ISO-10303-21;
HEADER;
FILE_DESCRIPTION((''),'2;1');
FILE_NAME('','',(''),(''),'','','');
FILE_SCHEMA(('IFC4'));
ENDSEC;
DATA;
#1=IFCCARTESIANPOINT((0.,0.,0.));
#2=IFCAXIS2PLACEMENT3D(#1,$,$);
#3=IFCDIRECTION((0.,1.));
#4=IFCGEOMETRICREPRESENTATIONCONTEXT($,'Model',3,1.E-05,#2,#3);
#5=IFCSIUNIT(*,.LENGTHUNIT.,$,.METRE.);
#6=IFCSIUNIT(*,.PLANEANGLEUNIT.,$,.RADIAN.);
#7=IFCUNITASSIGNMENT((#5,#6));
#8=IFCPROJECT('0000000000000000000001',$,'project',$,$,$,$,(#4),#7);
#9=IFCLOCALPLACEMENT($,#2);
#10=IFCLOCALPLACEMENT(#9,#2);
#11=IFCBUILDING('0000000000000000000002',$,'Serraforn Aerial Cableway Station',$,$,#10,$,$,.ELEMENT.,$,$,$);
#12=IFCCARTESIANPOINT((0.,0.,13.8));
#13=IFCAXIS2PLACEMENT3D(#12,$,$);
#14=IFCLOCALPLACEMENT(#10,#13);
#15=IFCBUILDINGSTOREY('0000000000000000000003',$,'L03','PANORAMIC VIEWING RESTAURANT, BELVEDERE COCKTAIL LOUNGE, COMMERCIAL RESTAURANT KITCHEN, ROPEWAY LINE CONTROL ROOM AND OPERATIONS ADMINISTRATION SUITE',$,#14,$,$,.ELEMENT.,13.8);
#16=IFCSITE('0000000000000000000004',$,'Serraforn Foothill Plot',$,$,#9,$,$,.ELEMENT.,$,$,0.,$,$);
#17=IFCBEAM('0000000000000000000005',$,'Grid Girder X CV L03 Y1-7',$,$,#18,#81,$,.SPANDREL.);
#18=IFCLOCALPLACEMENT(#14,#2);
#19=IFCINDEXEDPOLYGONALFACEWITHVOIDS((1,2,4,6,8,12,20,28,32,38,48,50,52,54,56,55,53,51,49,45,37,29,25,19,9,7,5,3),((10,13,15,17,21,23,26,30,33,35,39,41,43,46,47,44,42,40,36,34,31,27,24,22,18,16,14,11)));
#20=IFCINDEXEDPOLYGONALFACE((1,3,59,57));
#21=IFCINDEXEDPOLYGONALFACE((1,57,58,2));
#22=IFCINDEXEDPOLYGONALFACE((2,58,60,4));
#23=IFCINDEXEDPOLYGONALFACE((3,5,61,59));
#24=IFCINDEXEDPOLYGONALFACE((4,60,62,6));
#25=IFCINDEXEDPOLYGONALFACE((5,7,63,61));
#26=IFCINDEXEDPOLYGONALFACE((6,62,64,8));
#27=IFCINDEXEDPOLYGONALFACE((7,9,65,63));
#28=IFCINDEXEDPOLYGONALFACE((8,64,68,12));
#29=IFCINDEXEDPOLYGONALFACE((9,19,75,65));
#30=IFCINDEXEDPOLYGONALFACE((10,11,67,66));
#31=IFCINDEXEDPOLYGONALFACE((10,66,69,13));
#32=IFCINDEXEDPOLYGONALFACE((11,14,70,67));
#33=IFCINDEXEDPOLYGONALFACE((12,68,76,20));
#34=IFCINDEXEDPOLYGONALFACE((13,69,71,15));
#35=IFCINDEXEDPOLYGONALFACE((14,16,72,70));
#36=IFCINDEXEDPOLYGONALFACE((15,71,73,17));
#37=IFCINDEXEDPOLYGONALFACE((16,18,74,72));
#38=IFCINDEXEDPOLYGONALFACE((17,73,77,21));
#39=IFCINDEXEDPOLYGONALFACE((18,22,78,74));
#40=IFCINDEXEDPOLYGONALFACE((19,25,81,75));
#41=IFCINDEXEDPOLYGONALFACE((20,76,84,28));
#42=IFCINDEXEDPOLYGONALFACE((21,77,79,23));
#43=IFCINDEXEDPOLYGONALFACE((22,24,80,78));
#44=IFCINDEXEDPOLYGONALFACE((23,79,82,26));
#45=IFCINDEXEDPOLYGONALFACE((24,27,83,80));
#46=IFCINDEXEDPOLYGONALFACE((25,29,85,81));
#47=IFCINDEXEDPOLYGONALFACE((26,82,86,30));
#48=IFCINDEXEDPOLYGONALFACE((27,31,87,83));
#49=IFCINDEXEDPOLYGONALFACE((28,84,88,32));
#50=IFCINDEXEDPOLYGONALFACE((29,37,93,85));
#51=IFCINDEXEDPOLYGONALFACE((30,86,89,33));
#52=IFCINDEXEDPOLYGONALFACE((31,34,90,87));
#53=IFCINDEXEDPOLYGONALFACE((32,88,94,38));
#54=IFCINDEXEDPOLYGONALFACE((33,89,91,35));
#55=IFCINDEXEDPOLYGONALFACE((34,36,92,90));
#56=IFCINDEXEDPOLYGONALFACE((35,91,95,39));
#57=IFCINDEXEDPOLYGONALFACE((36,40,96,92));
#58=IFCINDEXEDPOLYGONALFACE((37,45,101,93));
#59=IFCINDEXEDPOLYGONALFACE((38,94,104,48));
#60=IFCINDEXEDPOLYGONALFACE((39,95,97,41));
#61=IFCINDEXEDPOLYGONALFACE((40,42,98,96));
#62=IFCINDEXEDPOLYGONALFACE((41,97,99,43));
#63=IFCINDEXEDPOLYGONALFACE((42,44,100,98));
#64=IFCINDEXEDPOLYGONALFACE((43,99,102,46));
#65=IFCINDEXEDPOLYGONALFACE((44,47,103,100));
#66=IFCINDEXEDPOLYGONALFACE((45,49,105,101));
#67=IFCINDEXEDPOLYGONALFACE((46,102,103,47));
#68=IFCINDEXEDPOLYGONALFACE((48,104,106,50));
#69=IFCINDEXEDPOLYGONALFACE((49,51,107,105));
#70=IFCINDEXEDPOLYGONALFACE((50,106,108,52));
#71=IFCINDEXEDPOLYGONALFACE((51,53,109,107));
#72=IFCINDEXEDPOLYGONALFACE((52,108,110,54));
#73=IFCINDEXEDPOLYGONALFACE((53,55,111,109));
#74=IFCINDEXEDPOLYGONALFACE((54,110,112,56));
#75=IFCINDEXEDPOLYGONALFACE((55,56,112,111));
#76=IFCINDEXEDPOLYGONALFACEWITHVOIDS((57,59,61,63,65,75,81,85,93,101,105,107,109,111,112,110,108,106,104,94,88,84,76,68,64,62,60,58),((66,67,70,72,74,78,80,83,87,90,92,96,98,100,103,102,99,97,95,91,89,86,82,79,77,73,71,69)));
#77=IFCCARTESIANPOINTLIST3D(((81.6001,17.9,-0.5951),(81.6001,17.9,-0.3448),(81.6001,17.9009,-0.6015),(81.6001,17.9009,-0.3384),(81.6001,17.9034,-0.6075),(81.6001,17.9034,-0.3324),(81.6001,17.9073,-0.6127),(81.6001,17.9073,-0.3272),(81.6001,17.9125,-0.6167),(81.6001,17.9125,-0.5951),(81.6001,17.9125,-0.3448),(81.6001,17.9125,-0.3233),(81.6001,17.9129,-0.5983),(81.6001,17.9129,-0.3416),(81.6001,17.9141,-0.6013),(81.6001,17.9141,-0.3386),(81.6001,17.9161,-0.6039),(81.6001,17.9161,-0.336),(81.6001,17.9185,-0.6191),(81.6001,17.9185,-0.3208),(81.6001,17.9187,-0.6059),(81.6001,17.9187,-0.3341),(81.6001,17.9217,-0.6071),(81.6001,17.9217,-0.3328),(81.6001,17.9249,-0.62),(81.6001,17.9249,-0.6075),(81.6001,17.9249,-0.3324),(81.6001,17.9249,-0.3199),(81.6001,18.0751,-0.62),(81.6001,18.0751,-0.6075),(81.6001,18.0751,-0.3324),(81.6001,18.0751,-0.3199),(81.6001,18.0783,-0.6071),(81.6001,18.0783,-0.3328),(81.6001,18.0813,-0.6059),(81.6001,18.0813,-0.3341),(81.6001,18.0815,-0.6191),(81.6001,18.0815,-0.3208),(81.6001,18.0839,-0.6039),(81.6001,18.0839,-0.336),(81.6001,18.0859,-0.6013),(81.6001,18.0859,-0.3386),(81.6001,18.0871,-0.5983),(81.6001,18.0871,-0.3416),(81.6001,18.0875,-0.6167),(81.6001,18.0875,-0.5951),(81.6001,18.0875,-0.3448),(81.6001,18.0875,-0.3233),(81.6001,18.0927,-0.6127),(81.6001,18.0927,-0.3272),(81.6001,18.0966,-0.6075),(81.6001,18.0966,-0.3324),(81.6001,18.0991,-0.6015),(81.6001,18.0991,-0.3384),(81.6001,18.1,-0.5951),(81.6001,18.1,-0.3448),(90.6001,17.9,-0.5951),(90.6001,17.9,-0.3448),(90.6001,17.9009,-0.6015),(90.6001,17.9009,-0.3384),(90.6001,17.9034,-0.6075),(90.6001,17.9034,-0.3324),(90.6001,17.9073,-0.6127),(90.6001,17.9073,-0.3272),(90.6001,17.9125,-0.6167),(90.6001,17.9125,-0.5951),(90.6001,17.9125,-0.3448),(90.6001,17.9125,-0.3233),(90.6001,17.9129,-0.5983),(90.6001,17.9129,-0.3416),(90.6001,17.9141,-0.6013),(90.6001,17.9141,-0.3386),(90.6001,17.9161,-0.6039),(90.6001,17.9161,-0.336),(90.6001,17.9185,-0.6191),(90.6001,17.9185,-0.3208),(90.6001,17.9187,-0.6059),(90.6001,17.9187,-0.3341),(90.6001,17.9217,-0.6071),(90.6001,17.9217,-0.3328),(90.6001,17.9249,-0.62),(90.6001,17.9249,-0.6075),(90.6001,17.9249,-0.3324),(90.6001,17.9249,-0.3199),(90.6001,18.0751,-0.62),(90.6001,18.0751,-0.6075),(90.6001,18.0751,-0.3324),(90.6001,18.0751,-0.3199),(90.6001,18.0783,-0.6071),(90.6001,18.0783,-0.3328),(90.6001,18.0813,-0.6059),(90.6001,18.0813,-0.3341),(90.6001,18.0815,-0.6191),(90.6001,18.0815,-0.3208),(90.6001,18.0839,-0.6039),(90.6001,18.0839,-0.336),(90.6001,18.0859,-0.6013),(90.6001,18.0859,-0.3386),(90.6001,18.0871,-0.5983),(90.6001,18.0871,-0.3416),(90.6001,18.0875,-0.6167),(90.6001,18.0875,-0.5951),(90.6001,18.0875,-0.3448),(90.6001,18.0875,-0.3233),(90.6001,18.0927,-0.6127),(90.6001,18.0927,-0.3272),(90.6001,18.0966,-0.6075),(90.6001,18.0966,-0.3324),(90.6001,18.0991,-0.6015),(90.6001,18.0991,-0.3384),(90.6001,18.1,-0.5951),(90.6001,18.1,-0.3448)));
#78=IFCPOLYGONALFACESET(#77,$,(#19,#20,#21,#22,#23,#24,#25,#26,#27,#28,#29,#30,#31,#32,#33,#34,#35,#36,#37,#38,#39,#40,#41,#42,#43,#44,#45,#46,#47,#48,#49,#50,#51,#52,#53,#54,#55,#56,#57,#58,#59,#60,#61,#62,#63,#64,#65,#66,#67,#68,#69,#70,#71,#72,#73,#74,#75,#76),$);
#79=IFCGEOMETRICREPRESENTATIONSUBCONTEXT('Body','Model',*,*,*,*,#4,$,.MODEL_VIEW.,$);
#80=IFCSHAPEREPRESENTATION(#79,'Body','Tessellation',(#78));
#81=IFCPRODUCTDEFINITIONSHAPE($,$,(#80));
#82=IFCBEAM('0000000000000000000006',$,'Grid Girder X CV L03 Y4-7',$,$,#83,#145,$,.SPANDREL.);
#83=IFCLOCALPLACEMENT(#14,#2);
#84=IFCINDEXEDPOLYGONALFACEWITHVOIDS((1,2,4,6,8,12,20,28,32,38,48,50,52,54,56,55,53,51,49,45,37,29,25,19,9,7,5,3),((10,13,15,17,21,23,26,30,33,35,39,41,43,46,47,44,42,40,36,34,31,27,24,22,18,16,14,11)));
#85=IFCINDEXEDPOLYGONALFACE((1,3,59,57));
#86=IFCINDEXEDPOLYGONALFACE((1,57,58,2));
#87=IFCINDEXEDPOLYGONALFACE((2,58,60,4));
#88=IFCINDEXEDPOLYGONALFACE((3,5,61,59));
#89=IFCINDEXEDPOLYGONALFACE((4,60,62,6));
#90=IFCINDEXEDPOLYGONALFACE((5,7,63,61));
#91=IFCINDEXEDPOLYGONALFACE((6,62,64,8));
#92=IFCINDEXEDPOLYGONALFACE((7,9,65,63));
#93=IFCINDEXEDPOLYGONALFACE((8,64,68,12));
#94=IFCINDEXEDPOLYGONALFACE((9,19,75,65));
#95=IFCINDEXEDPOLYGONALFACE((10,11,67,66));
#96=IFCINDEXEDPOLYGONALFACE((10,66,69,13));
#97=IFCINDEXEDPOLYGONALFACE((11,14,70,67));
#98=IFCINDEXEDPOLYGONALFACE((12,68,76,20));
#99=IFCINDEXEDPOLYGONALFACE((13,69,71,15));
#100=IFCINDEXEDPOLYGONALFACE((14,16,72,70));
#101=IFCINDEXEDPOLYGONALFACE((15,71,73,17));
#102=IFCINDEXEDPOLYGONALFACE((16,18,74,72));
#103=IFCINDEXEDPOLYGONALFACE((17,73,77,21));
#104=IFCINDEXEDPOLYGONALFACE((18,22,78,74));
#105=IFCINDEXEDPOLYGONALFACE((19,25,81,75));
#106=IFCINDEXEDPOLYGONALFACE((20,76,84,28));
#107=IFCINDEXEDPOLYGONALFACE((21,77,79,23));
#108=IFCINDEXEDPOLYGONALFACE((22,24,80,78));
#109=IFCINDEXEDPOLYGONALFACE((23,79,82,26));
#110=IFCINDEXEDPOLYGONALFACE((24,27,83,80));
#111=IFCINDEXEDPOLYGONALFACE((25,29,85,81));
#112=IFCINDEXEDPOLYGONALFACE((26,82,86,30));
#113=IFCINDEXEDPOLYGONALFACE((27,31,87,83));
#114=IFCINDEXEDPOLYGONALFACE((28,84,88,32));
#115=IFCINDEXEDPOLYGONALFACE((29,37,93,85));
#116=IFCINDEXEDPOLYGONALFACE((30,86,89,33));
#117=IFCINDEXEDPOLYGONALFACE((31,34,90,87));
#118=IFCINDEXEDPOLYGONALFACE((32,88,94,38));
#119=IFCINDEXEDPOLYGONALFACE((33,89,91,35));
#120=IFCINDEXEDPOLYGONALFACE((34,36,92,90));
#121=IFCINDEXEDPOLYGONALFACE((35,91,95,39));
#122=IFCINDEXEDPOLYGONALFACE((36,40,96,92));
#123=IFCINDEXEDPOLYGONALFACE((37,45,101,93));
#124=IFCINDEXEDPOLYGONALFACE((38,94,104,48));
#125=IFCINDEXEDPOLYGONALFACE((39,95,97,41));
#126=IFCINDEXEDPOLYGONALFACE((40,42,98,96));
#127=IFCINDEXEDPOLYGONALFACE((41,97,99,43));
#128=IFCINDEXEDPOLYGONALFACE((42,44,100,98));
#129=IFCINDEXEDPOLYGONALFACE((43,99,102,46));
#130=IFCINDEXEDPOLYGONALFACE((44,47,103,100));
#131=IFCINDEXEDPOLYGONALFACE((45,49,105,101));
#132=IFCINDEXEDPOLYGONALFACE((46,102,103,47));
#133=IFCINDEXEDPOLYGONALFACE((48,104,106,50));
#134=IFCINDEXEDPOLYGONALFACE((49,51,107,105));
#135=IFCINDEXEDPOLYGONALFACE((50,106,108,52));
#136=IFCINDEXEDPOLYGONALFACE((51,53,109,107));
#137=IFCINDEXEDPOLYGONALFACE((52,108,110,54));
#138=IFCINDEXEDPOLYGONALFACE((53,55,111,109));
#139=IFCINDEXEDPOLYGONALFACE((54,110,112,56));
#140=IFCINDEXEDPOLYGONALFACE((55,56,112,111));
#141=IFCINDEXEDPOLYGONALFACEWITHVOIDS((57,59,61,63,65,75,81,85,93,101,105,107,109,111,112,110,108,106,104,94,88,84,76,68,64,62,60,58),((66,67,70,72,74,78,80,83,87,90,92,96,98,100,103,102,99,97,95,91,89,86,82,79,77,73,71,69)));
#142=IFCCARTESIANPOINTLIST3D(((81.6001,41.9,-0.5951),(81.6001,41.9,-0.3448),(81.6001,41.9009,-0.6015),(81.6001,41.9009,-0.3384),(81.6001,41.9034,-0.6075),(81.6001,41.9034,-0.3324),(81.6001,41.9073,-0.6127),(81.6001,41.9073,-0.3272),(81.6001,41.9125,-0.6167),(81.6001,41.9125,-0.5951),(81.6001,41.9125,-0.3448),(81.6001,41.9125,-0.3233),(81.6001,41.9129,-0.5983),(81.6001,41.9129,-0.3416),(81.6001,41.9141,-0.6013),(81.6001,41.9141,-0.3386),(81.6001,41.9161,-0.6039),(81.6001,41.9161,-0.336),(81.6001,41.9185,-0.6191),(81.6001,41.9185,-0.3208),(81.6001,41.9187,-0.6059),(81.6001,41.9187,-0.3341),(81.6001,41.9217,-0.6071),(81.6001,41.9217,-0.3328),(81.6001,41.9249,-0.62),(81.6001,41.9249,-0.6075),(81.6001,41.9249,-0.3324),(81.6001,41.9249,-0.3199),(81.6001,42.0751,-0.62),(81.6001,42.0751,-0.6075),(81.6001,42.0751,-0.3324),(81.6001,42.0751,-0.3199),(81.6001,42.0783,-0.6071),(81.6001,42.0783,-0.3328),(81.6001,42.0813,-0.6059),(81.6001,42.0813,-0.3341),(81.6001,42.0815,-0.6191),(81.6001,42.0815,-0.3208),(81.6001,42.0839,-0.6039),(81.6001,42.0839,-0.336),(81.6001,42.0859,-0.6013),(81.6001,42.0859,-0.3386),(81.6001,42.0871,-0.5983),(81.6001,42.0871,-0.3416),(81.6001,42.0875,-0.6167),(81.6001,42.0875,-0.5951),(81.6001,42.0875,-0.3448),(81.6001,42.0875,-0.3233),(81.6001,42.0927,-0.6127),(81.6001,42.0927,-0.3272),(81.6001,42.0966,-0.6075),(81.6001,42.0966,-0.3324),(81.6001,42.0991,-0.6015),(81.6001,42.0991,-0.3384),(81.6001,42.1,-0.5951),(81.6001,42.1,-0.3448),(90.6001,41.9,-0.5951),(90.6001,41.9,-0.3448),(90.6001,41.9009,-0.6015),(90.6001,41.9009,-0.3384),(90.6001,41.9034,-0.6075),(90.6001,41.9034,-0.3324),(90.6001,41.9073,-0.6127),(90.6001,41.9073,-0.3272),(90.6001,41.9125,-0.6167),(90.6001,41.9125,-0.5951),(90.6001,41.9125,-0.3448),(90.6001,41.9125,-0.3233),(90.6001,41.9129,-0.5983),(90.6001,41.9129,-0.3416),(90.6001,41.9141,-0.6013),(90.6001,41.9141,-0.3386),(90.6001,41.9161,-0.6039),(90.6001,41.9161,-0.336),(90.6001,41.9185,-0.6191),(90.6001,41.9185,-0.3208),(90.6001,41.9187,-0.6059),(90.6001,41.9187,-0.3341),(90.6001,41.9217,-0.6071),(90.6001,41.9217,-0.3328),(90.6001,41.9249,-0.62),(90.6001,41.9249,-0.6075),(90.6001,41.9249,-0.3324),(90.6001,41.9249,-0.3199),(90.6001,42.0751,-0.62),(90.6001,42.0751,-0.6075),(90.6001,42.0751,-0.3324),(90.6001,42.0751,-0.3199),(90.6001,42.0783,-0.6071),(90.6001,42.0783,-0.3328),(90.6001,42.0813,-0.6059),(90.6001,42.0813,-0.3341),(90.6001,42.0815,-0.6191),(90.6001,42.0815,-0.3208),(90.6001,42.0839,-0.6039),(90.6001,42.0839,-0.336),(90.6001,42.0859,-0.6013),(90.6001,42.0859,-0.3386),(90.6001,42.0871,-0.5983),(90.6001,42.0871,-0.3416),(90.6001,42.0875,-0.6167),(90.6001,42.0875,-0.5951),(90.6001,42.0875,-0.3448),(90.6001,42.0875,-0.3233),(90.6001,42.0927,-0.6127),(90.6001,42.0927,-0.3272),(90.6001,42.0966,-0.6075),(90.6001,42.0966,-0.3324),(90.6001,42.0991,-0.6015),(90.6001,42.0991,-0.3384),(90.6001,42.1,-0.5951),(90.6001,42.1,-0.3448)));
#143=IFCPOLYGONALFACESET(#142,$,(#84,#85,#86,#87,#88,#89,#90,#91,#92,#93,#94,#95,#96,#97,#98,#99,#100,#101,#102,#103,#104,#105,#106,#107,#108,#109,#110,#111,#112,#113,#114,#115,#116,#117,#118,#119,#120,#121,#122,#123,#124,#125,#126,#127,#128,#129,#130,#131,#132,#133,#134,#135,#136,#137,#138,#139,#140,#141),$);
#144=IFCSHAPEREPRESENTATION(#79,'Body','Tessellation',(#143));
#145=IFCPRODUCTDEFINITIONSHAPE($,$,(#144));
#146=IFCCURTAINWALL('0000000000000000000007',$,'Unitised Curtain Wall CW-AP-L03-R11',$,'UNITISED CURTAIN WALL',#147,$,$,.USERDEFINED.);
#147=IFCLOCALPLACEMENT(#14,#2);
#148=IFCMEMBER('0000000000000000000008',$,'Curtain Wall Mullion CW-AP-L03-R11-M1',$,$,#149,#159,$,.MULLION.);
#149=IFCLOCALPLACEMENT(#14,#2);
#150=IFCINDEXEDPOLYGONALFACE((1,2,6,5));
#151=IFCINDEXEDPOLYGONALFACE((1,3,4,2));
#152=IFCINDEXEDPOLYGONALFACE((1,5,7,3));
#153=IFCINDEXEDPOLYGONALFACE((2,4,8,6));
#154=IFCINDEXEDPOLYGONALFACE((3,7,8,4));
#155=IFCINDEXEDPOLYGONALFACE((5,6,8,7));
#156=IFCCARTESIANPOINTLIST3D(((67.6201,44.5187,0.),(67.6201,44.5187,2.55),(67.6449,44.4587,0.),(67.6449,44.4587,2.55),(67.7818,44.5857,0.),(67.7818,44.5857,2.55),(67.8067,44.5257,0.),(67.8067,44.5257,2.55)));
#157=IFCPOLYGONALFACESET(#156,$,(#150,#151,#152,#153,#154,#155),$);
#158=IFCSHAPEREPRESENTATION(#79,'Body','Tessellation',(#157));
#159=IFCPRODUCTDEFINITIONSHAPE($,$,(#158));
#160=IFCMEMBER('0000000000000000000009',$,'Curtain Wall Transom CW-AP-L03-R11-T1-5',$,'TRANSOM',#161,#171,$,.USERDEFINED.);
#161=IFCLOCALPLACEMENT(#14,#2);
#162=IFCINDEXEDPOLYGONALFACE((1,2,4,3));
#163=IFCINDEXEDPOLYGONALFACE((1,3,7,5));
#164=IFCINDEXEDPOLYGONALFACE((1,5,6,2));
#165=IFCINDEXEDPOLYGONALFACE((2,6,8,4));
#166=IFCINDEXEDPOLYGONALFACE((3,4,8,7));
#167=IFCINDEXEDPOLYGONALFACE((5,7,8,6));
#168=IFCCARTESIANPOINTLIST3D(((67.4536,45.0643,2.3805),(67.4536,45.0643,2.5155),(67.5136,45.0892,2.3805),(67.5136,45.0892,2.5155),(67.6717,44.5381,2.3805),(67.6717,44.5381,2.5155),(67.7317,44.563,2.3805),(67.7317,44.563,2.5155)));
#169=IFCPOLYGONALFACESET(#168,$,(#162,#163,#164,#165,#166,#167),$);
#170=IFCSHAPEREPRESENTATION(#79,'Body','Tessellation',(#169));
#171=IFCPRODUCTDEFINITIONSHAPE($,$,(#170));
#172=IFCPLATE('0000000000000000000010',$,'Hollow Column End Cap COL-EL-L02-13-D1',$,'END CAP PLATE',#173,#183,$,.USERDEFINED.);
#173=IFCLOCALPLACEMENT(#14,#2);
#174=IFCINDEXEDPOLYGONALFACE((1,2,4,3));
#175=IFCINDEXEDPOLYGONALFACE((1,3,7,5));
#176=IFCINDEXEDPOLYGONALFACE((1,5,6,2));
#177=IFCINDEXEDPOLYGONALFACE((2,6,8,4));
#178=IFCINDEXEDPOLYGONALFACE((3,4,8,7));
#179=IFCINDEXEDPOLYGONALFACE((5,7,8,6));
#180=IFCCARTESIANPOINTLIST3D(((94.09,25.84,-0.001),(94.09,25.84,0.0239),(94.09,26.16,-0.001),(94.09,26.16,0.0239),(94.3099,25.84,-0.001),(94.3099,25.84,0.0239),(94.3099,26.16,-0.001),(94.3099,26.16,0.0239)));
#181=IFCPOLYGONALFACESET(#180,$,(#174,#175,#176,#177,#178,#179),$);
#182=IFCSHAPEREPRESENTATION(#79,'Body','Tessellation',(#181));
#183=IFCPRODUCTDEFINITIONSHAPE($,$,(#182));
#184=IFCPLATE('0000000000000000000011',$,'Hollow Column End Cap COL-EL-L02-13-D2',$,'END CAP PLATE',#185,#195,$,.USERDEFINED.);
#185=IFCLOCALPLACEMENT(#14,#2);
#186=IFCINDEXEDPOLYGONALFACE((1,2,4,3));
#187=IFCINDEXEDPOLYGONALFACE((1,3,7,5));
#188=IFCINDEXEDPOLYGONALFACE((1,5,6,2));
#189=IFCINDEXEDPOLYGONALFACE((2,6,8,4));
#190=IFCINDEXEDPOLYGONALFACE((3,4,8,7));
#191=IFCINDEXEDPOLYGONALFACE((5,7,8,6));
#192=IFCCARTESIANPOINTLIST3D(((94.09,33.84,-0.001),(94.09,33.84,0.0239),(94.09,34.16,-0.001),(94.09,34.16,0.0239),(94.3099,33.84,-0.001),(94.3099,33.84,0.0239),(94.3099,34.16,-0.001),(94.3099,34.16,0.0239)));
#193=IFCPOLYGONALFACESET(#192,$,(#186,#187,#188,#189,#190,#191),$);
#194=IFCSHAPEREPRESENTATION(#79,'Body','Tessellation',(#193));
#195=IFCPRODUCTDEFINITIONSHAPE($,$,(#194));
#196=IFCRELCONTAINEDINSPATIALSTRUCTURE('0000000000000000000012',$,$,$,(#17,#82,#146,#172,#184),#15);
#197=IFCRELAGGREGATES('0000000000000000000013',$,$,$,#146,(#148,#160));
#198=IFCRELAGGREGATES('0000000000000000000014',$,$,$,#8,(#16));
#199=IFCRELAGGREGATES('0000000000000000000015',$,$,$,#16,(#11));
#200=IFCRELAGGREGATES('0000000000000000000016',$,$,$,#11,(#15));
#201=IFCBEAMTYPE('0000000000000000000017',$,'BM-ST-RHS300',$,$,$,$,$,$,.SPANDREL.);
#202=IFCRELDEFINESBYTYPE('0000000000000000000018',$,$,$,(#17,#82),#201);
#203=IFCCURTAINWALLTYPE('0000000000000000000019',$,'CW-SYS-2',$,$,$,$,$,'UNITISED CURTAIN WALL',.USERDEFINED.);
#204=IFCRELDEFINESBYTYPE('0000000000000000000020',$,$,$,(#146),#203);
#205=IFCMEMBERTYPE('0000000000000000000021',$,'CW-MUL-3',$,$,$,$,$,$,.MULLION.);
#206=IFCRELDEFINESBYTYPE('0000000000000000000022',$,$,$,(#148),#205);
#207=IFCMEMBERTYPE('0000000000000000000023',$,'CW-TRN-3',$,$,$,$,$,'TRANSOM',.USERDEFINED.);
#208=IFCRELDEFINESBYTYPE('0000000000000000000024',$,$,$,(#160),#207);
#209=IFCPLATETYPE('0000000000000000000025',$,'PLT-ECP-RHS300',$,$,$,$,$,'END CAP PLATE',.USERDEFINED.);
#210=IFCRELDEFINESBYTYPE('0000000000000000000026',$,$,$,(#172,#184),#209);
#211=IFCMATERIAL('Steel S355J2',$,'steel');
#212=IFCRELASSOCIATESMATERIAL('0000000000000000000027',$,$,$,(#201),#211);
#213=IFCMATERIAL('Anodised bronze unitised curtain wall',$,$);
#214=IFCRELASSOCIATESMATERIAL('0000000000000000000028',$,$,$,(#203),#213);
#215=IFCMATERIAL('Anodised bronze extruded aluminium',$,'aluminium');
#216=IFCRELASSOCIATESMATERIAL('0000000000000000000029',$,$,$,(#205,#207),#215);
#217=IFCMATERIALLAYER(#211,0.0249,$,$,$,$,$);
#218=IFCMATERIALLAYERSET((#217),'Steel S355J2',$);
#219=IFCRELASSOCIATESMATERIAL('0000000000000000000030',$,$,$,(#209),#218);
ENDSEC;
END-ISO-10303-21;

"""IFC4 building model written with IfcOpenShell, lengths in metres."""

from ifc_helpers import new_model, si_unit, direction, frame, origin, origin_2d, place, context, subcontext, project, spatial, rectangle, hollow_rectangle, extrude, material, layer, layer_set, material_profile, profile_set, type_object, element, aggregate, save


model = new_model("IFC4")

# Units and contexts
model_context = context("Model", 3, precision=1e-05, world=origin(), true_north=direction((0.0, 1.0)))
body_context = subcontext(model_context, "Body", "Model", "MODEL_VIEW")
ifc_project = project(units=[si_unit("LENGTHUNIT", "METRE"), si_unit("PLANEANGLEUNIT", "RADIAN")], contexts=[model_context])

# Site, building, storey
site_placement = place(None, origin())
site = spatial("IfcSite", under=ifc_project, at=site_placement, Name="Serraforn Foothill Plot", CompositionType="ELEMENT", RefElevation=0.0)
building_placement = place(site_placement, origin())
building = spatial("IfcBuilding", under=site, at=building_placement, Name="Serraforn Aerial Cableway Station", CompositionType="ELEMENT")
storey_placement = place(building_placement, frame((0.0, 0.0, 13.8)))
storey = spatial("IfcBuildingStorey", under=building, at=storey_placement, Name="L03", Description="PANORAMIC VIEWING RESTAURANT, BELVEDERE COCKTAIL LOUNGE, COMMERCIAL RESTAURANT KITCHEN, ROPEWAY LINE CONTROL ROOM AND OPERATIONS ADMINISTRATION SUITE", CompositionType="ELEMENT", Elevation=13.8)

# Shared definitions
ifc_material_1 = material(Name="Steel S355J2", Category="steel")

# Beams
ifc_material_profile_1 = material_profile(ifc_material_1, hollow_rectangle(XDim=0.2, YDim=0.3, WallThickness=0.0125, InnerFilletRadius=0.0125, OuterFilletRadius=0.0249, at=origin_2d()), Name="RHS 300x200x12.5")
ifc_profile_set_1 = profile_set([ifc_material_profile_1], Name="Steel S355J2")
beam_type_1 = type_object("IfcBeamType", Name="BM-ST-RHS300", PredefinedType="SPANDREL", material=ifc_profile_set_1)
for number, where, z_axis, x_axis, name in (
    (1, (81.6001, 18.0, -0.47), (1.0, 0.0, 0.0), (0.0, 1.0, 0.0), "Grid Girder X CV L03 Y1-7"),
    (2, (81.6001, 42.0, -0.47), (1.0, 0.0, 0.0), (0.0, 1.0, 0.0), "Grid Girder X CV L03 Y4-7"),
):
    element("IfcBeam", number, at=place(storey_placement, frame(where, z_axis=z_axis, x_axis=x_axis)), inside=storey, type_object=beam_type_1, Name=name, PredefinedType="SPANDREL", context=body_context, shape_type="SweptSolid", body=[
        extrude(hollow_rectangle(XDim=0.2, YDim=0.3, WallThickness=0.0125, InnerFilletRadius=0.0125, OuterFilletRadius=0.0249, at=origin_2d()), origin(), (0.0, 0.0, 1.0), 9.0),
    ])

# Curtain wall, members
ifc_material_2 = material(Name="Anodised bronze unitised curtain wall")
curtain_wall_type = type_object("IfcCurtainWallType", Name="CW-SYS-2", ElementType="UNITISED CURTAIN WALL", PredefinedType="USERDEFINED", material=ifc_material_2)
curtain_wall_placement = place(storey_placement, origin())
curtain_wall = element("IfcCurtainWall", 3, at=curtain_wall_placement, inside=storey, type_object=curtain_wall_type, Name="Unitised Curtain Wall CW-AP-L03-R11", ObjectType="UNITISED CURTAIN WALL", PredefinedType="USERDEFINED")
ifc_material_3 = material(Name="Anodised bronze extruded aluminium", Category="aluminium")
ifc_material_profile_2 = material_profile(ifc_material_3, rectangle(XDim=0.0649, YDim=0.175, at=origin_2d()), Name="CW MULLION 65x175")
ifc_profile_set_2 = profile_set([ifc_material_profile_2], Name="Anodised bronze extruded aluminium")
member_type_1 = type_object("IfcMemberType", Name="CW-MUL-3", PredefinedType="MULLION", material=ifc_profile_set_2)
member_1_placement = place(storey_placement, frame((67.7134, 44.5222, 0.0), z_axis=(0.0, 0.0, 1.0), x_axis=(-0.382666, 0.923887, 0.0)))
member_1 = element("IfcMember", 4, at=member_1_placement, type_object=member_type_1, Name="Curtain Wall Mullion CW-AP-L03-R11-M1", PredefinedType="MULLION", context=body_context, shape_type="SweptSolid", body=[
    extrude(rectangle(XDim=0.0649, YDim=0.175, at=origin_2d()), origin(), (0.0, 0.0, 1.0), 2.55),
])
ifc_material_profile_3 = material_profile(ifc_material_3, rectangle(XDim=0.0649, YDim=0.135, at=origin_2d()), Name="CW TRANSOM 65x135")
ifc_profile_set_3 = profile_set([ifc_material_profile_3], Name="Anodised bronze extruded aluminium")
member_type_2 = type_object("IfcMemberType", Name="CW-TRN-3", ElementType="TRANSOM", PredefinedType="USERDEFINED", material=ifc_profile_set_3)
member_2_placement = place(storey_placement, frame((67.7017, 44.5505, 2.448), z_axis=(-0.382819, 0.923823, 0.0), x_axis=(-0.923823, -0.382819, 0.0)))
member_2 = element("IfcMember", 5, at=member_2_placement, type_object=member_type_2, Name="Curtain Wall Transom CW-AP-L03-R11-T1-5", ObjectType="TRANSOM", PredefinedType="USERDEFINED", context=body_context, shape_type="SweptSolid", body=[
    extrude(rectangle(XDim=0.0649, YDim=0.135, at=origin_2d()), origin(), (0.0, 0.0, 1.0), 0.5696),
])
aggregate(curtain_wall, [member_1, member_2])

# Plates
ifc_layer_1 = layer(ifc_material_1, 0.0249)
ifc_layer_set_1 = layer_set([ifc_layer_1], Name="Steel S355J2")
plate_type = type_object("IfcPlateType", Name="PLT-ECP-RHS300", ElementType="END CAP PLATE", PredefinedType="USERDEFINED", material=ifc_layer_set_1)
for number, where, z_axis, x_axis, name in (
    (6, (94.2, 26.0, -0.001), (0.0, 0.0, 1.0), (1.0, 0.0, 0.0), "Hollow Column End Cap COL-EL-L02-13-D1"),
    (7, (94.2, 34.0, -0.001), (0.0, 0.0, 1.0), (1.0, 0.0, 0.0), "Hollow Column End Cap COL-EL-L02-13-D2"),
):
    element("IfcPlate", number, at=place(storey_placement, frame(where, z_axis=z_axis, x_axis=x_axis)), inside=storey, type_object=plate_type, Name=name, ObjectType="END CAP PLATE", PredefinedType="USERDEFINED", context=body_context, shape_type="SweptSolid", body=[
        extrude(rectangle(XDim=0.22, YDim=0.3201, at=origin_2d()), origin(), (0.0, 0.0, 1.0), 0.0249),
    ])

save(model, "model.ifc")
